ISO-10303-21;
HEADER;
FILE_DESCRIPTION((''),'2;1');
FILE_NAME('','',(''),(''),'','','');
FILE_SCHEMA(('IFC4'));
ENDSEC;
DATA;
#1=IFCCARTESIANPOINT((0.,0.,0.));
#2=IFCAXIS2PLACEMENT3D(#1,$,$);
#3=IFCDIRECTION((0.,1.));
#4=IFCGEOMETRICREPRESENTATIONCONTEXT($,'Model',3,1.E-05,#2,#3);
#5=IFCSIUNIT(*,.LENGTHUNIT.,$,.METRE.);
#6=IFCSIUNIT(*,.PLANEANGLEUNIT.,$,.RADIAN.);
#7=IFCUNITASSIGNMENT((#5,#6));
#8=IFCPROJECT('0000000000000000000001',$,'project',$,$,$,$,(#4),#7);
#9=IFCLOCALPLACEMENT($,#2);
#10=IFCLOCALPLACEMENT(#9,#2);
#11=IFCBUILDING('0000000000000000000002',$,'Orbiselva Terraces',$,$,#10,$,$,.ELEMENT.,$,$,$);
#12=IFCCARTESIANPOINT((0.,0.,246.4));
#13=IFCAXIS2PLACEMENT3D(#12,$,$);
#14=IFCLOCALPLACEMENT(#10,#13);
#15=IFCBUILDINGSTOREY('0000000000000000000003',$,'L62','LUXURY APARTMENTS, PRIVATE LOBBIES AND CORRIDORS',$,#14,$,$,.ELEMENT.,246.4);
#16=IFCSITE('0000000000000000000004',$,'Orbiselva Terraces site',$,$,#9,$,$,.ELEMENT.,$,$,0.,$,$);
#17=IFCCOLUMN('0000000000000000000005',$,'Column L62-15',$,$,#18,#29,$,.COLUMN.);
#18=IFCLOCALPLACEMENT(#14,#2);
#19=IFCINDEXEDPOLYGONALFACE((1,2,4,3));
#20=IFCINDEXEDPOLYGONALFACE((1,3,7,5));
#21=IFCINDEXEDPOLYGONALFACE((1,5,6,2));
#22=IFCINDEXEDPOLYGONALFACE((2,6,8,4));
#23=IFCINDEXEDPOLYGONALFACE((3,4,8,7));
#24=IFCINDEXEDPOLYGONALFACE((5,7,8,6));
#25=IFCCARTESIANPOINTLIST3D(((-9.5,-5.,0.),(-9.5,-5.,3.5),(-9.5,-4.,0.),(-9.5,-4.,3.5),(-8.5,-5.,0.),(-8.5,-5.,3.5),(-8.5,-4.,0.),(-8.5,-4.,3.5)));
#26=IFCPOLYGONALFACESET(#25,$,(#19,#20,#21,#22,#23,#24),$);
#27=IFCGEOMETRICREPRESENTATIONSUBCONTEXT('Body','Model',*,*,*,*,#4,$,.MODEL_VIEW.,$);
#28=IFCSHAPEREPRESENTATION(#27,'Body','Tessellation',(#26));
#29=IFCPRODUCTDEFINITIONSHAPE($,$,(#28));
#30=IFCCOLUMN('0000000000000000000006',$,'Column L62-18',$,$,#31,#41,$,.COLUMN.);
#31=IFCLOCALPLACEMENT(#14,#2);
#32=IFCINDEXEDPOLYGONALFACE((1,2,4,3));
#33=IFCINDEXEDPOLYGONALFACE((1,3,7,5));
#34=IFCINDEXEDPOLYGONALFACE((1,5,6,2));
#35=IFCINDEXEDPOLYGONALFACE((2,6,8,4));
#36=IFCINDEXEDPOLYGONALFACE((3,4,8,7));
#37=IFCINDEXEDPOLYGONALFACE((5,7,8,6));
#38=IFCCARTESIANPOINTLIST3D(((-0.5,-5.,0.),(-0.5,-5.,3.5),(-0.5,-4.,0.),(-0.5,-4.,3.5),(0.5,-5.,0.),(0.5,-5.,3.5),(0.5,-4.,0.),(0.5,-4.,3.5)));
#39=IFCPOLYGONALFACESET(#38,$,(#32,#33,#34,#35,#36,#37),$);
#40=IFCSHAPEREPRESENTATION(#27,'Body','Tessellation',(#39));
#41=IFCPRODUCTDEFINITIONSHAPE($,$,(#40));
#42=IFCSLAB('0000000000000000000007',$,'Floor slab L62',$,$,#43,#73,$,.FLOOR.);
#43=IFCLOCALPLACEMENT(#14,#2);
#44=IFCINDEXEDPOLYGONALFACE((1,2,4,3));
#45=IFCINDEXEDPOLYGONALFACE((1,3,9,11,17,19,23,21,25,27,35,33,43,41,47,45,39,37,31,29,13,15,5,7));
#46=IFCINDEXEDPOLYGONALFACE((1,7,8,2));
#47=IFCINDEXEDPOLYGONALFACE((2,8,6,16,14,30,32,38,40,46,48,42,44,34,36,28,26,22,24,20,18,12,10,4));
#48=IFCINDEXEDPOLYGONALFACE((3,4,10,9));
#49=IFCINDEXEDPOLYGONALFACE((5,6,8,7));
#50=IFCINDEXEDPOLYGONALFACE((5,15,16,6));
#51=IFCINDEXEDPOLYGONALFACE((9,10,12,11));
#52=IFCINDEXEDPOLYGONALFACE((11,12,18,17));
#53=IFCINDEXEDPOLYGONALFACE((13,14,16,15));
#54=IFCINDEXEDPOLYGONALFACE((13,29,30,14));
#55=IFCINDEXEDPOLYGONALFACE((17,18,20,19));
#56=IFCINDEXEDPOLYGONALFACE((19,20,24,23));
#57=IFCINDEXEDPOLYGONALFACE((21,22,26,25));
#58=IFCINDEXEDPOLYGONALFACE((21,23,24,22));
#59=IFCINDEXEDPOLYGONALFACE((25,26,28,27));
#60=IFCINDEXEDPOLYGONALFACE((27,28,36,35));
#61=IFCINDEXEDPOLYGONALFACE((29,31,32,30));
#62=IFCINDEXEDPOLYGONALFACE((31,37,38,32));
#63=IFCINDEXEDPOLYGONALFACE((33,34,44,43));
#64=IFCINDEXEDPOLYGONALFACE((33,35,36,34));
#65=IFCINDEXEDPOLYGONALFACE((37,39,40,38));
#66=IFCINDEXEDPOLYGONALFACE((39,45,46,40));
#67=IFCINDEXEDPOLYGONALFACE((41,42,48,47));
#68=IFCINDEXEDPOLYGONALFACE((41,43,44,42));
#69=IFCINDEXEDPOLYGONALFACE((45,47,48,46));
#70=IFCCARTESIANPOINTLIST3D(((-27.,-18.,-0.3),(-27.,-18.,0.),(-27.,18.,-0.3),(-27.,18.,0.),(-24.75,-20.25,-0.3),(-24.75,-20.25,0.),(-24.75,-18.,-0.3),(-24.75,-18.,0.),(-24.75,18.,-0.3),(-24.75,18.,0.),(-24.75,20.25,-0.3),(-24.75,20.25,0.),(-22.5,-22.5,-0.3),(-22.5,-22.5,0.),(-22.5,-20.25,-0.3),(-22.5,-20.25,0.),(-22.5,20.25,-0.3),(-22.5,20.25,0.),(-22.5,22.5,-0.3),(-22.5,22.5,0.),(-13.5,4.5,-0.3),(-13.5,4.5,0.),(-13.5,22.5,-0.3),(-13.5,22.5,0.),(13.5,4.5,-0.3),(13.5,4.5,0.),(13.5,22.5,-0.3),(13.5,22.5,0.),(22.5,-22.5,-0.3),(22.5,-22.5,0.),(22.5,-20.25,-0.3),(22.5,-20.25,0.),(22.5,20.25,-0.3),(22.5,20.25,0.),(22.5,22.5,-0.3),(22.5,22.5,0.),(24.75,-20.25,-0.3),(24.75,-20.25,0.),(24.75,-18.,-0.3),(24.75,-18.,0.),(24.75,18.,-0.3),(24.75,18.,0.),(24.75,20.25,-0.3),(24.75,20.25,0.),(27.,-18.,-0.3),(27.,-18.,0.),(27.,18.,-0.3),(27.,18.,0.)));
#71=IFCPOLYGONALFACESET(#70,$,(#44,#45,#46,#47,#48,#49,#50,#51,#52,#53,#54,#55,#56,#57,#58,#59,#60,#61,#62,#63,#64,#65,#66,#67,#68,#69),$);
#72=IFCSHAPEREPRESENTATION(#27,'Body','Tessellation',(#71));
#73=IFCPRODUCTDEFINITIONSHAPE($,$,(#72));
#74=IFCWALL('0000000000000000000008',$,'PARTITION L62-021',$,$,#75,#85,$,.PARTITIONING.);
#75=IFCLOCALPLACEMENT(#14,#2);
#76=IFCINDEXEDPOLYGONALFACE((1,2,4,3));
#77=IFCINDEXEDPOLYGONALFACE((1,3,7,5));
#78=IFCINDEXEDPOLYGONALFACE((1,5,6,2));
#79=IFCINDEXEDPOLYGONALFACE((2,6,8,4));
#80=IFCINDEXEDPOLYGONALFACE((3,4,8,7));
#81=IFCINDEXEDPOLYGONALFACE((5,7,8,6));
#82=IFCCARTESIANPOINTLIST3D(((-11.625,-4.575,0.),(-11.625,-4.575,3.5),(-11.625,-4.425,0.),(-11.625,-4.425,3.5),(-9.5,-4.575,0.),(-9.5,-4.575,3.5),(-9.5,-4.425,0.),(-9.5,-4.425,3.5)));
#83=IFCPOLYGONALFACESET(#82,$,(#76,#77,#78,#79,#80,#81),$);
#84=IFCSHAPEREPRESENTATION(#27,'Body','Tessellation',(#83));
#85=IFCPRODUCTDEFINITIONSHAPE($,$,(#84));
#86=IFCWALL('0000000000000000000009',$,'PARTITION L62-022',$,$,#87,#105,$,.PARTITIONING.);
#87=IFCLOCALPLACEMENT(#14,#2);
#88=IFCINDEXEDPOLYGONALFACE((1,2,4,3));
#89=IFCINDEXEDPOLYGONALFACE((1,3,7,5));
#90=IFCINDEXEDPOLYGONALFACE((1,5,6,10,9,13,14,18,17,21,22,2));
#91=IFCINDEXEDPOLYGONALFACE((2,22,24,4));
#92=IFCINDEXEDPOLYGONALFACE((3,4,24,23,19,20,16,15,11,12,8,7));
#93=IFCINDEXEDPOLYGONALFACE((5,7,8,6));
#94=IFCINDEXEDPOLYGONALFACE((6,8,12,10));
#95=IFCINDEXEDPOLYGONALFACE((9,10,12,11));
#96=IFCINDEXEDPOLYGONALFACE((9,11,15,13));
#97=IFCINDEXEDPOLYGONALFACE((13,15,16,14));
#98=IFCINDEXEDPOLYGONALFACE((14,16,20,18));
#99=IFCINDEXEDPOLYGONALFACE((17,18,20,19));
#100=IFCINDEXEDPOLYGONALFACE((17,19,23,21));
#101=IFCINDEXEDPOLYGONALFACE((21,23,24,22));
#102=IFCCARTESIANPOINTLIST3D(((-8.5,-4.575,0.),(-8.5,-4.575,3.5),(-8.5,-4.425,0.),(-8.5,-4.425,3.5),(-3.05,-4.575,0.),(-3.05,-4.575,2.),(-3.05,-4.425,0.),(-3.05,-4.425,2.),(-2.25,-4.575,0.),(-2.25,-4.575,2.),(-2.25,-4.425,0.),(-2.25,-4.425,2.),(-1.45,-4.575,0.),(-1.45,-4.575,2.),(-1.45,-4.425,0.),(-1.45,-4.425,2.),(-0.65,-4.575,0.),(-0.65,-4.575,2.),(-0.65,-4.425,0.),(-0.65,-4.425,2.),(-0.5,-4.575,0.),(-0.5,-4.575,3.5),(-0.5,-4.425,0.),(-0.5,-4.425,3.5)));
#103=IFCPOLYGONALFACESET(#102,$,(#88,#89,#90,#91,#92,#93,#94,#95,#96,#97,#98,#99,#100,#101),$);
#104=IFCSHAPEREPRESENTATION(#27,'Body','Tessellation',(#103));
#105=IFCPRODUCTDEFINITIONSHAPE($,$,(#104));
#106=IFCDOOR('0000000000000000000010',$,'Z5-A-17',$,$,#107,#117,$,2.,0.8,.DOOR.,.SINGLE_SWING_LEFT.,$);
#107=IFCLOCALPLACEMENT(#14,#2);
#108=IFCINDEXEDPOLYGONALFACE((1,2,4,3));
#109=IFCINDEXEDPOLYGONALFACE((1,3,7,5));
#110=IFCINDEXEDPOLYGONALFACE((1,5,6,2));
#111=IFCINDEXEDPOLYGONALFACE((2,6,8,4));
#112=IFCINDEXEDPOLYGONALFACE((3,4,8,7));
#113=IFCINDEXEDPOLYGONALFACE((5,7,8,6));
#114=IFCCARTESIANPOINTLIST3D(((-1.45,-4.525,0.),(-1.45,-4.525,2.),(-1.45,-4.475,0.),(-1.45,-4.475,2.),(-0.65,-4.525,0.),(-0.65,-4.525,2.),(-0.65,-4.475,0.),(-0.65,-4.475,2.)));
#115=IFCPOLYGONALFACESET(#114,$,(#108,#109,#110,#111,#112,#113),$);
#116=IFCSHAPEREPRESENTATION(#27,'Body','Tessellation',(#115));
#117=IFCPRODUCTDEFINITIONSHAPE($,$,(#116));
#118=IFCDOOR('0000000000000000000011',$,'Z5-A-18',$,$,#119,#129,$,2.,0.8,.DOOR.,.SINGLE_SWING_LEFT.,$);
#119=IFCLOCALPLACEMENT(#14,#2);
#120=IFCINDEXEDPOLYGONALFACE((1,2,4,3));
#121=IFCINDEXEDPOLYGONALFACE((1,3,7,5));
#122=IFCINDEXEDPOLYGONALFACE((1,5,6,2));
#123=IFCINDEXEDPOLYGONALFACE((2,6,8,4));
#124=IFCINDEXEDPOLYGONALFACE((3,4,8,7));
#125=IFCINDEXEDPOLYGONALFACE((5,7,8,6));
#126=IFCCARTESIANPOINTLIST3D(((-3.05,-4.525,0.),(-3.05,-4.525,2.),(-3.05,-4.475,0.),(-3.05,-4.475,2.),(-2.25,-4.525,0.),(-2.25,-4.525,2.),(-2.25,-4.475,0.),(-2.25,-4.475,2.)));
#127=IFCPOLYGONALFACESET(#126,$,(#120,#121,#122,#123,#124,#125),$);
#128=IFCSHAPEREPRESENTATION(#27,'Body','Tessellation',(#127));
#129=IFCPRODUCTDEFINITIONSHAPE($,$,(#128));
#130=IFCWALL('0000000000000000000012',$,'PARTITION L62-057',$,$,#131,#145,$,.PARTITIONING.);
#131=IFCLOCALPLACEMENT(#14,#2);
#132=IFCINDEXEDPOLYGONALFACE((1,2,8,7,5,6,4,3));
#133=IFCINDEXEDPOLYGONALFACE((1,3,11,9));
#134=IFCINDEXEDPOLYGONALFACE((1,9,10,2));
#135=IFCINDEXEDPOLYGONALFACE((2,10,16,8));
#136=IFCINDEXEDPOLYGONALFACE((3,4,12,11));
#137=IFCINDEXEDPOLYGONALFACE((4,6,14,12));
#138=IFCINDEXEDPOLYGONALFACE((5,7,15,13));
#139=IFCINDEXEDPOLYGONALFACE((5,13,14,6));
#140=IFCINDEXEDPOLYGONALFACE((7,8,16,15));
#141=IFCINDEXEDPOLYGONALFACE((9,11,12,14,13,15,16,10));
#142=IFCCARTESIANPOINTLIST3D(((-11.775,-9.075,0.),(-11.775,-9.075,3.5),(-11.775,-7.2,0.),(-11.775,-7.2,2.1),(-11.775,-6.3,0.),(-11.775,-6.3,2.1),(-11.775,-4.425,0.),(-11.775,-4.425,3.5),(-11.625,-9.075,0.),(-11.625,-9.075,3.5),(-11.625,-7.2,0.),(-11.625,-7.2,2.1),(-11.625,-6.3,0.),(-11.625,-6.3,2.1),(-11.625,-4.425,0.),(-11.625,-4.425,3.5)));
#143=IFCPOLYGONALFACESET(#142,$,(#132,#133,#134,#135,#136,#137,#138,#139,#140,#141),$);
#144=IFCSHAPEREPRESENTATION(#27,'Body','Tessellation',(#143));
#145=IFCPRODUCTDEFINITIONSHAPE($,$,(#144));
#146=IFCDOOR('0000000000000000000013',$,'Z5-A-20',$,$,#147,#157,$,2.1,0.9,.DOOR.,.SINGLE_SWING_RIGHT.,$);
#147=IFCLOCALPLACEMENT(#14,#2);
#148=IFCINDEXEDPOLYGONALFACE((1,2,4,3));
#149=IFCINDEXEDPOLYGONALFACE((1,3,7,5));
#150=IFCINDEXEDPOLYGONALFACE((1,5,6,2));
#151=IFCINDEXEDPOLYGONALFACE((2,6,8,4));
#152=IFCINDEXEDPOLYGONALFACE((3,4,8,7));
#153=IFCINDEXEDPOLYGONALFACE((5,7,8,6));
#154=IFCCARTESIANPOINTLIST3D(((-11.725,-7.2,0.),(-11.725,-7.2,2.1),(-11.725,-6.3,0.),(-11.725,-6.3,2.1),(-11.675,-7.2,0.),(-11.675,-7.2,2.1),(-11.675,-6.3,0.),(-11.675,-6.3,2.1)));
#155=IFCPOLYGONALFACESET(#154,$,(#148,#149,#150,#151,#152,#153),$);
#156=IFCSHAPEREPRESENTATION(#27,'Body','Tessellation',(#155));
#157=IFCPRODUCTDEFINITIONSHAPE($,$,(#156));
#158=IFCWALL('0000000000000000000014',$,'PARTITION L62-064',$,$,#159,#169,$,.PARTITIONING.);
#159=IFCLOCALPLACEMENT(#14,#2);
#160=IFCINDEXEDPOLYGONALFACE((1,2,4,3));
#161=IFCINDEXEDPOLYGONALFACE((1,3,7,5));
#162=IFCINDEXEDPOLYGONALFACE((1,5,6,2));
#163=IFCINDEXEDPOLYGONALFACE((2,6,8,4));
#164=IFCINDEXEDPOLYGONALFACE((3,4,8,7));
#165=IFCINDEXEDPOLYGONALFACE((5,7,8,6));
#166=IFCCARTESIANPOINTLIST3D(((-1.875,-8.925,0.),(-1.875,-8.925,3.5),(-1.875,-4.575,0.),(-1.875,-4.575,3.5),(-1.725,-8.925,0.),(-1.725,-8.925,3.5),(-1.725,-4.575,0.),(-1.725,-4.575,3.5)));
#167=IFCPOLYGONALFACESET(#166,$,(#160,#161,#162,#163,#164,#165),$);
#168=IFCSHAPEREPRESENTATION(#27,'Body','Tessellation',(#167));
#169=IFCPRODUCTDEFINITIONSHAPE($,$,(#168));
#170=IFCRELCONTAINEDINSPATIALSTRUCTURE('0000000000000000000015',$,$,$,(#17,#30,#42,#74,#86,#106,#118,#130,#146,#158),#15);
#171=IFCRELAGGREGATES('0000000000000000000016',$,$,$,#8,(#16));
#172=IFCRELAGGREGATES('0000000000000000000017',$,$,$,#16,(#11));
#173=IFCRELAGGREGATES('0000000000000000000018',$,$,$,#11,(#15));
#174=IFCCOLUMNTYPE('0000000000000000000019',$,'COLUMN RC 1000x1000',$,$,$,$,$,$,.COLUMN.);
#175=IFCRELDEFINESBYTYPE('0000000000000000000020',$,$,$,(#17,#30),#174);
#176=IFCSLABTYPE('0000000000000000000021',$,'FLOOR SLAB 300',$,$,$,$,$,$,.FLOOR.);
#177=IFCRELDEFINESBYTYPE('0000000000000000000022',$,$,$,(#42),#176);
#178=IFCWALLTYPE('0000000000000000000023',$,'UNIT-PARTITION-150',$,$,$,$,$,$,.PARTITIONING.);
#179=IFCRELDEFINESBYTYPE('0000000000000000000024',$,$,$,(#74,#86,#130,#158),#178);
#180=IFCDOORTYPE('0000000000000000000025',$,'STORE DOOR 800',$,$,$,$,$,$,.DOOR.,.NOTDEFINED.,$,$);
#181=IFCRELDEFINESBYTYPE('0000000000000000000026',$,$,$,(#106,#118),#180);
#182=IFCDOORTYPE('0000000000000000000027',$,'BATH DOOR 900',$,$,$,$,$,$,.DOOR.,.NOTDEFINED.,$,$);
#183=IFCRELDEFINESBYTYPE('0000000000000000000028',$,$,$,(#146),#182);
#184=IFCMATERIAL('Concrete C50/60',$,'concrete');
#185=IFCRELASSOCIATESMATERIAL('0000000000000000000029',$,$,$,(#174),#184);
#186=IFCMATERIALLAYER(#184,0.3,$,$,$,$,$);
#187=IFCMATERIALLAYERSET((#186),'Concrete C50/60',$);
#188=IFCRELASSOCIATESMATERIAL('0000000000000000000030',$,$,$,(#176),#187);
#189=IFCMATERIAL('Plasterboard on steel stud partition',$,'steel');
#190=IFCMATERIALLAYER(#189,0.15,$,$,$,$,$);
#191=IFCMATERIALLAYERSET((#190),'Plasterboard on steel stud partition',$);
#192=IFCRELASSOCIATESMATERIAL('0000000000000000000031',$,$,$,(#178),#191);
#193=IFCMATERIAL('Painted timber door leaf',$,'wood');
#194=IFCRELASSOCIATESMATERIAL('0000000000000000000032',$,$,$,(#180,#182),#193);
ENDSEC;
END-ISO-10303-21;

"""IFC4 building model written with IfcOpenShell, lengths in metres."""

from ifc_helpers import new_model, si_unit, direction, frame, frame_2d, origin, origin_2d, place, context, subcontext, project, spatial, polyline, rectangle, outline, extrude, material, layer, layer_set, material_profile, profile_set, type_object, element, fill, save


model = new_model("IFC4")

# Units and contexts
model_context = context("Model", 3, precision=1e-05, world=origin(), true_north=direction((0.0, 1.0)))
body_context = subcontext(model_context, "Body", "Model", "MODEL_VIEW")
ifc_project = project(units=[si_unit("LENGTHUNIT", "METRE"), si_unit("PLANEANGLEUNIT", "RADIAN")], contexts=[model_context])

# Site, building, storey
site_placement = place(None, origin())
site = spatial("IfcSite", under=ifc_project, at=site_placement, Name="Orbiselva Terraces site", CompositionType="ELEMENT", RefElevation=0.0)
building_placement = place(site_placement, origin())
building = spatial("IfcBuilding", under=site, at=building_placement, Name="Orbiselva Terraces", CompositionType="ELEMENT")
storey_placement = place(building_placement, frame((0.0, 0.0, 246.4)))
storey = spatial("IfcBuildingStorey", under=building, at=storey_placement, Name="L62", Description="LUXURY APARTMENTS, PRIVATE LOBBIES AND CORRIDORS", CompositionType="ELEMENT", Elevation=246.4)

# Columns
ifc_material_1 = material(Name="Concrete C50/60", Category="concrete")
ifc_material_profile = material_profile(ifc_material_1, rectangle(XDim=1.0, YDim=1.0, at=origin_2d()), Name="RC 1000x1000")
ifc_profile_set = profile_set([ifc_material_profile], Name="Concrete C50/60")
column_type = type_object("IfcColumnType", Name="COLUMN RC 1000x1000", PredefinedType="COLUMN", material=ifc_profile_set)
for number, where, z_axis, x_axis, name in (
    (1, (-9.0, -4.5, 0.0), (0.0, 0.0, 1.0), (1.0, 0.0, 0.0), "Column L62-15"),
    (2, (0.0, -4.5, 0.0), (0.0, 0.0, 1.0), (1.0, 0.0, 0.0), "Column L62-18"),
):
    element("IfcColumn", number, at=place(storey_placement, frame(where, z_axis=z_axis, x_axis=x_axis)), inside=storey, type_object=column_type, Name=name, PredefinedType="COLUMN", context=body_context, shape_type="SweptSolid", body=[
        extrude(rectangle(XDim=1.0, YDim=1.0, at=origin_2d()), origin(), (0.0, 0.0, 1.0), 3.5),
    ])

# Slab
ifc_layer_1 = layer(ifc_material_1, 0.3)
ifc_layer_set_1 = layer_set([ifc_layer_1], Name="Concrete C50/60")
slab_type = type_object("IfcSlabType", Name="FLOOR SLAB 300", PredefinedType="FLOOR", material=ifc_layer_set_1)
slab_placement = place(storey_placement, frame((0.0, 0.0, -0.3)))
element("IfcSlab", 3, at=slab_placement, inside=storey, type_object=slab_type, Name="Floor slab L62", PredefinedType="FLOOR", context=body_context, shape_type="SweptSolid", body=[
    extrude(outline(polyline([(22.5, 22.5), (22.5, 20.25), (24.75, 20.25), (24.75, 18.0), (27.0, 18.0), (27.0, -18.0), (24.75, -18.0), (24.75, -20.25), (22.5, -20.25), (22.5, -22.5), (-22.5, -22.5), (-22.5, -20.25), (-24.75, -20.25), (-24.75, -18.0), (-27.0, -18.0), (-27.0, 18.0), (-24.75, 18.0), (-24.75, 20.25), (-22.5, 20.25), (-22.5, 22.5), (-13.5, 22.5), (-13.5, 4.5), (13.5, 4.5), (13.5, 22.5), (22.5, 22.5)])), origin(), (0.0, 0.0, 1.0), 0.3),
])

# Wall
ifc_material_2 = material(Name="Plasterboard on steel stud partition", Category="steel")
ifc_layer_2 = layer(ifc_material_2, 0.15)
ifc_layer_set_2 = layer_set([ifc_layer_2], Name="Plasterboard on steel stud partition")
wall_type = type_object("IfcWallType", Name="UNIT-PARTITION-150", PredefinedType="PARTITIONING", material=ifc_layer_set_2)
wall_1_placement = place(storey_placement, frame((-11.625, -4.5, 0.0), z_axis=(0.0, 0.0, 1.0), x_axis=(1.0, 0.0, 0.0)))
element("IfcWall", 4, at=wall_1_placement, inside=storey, type_object=wall_type, Name="PARTITION L62-021", PredefinedType="PARTITIONING", context=body_context, shape_type="SweptSolid", body=[
    extrude(rectangle(XDim=2.125, YDim=0.15, at=frame_2d((1.0625, 0.0))), origin(), (0.0, 0.0, 1.0), 3.5),
])

# Wall, openings, doors
wall_2_placement = place(storey_placement, frame((-0.5, -4.5, 0.0), z_axis=(0.0, 0.0, 1.0), x_axis=(-1.0, 0.0, 0.0)))
wall_2 = element("IfcWall", 5, at=wall_2_placement, inside=storey, type_object=wall_type, Name="PARTITION L62-022", PredefinedType="PARTITIONING", context=body_context, shape_type="SweptSolid", body=[
    extrude(rectangle(XDim=8.0, YDim=0.15, at=frame_2d((4.0, 0.0))), origin(), (0.0, 0.0, 1.0), 3.5),
])
opening_1_placement = place(wall_2_placement, frame((0.15, 0.0, 0.0)))
opening_1 = element("IfcOpeningElement", 6, at=opening_1_placement, cuts=wall_2, PredefinedType="OPENING", context=body_context, shape_type="SweptSolid", body=[
    extrude(rectangle(XDim=0.8, YDim=2.0, at=frame_2d((0.4, 1.0))), frame((0.0, 0.085, 0.0), z_axis=(0.0, -1.0, 0.0), x_axis=(1.0, 0.0, 0.0)), (0.0, 0.0, 1.0), 0.17),
])
opening_2_placement = place(wall_2_placement, frame((1.75, 0.0, 0.0)))
opening_2 = element("IfcOpeningElement", 7, at=opening_2_placement, cuts=wall_2, PredefinedType="OPENING", context=body_context, shape_type="SweptSolid", body=[
    extrude(rectangle(XDim=0.8, YDim=2.0, at=frame_2d((0.4, 1.0))), frame((0.0, 0.085, 0.0), z_axis=(0.0, -1.0, 0.0), x_axis=(1.0, 0.0, 0.0)), (0.0, 0.0, 1.0), 0.17),
])
ifc_material_3 = material(Name="Painted timber door leaf", Category="wood")
door_type_1 = type_object("IfcDoorType", Name="STORE DOOR 800", OperationType="NOTDEFINED", PredefinedType="DOOR", material=ifc_material_3)
door_1_placement = place(opening_1_placement, origin())
door_1 = element("IfcDoor", 8, at=door_1_placement, inside=storey, type_object=door_type_1, Name="Z5-A-17", OperationType="SINGLE_SWING_LEFT", OverallHeight=2.0, OverallWidth=0.8, PredefinedType="DOOR", context=body_context, shape_type="SweptSolid", body=[
    extrude(rectangle(XDim=0.8, YDim=2.0, at=frame_2d((0.4, 1.0))), frame((0.0, 0.025, 0.0), z_axis=(0.0, -1.0, 0.0), x_axis=(1.0, 0.0, 0.0)), (0.0, 0.0, 1.0), 0.05),
])
fill(opening_1, door_1)
door_2_placement = place(opening_2_placement, origin())
door_2 = element("IfcDoor", 9, at=door_2_placement, inside=storey, type_object=door_type_1, Name="Z5-A-18", OperationType="SINGLE_SWING_LEFT", OverallHeight=2.0, OverallWidth=0.8, PredefinedType="DOOR", context=body_context, shape_type="SweptSolid", body=[
    extrude(rectangle(XDim=0.8, YDim=2.0, at=frame_2d((0.4, 1.0))), frame((0.0, 0.025, 0.0), z_axis=(0.0, -1.0, 0.0), x_axis=(1.0, 0.0, 0.0)), (0.0, 0.0, 1.0), 0.05),
])
fill(opening_2, door_2)

# Wall, opening, door
wall_3_placement = place(storey_placement, frame((-11.7, -4.425, 0.0), z_axis=(0.0, 0.0, 1.0), x_axis=(0.0, -1.0, 0.0)))
wall_3 = element("IfcWall", 10, at=wall_3_placement, inside=storey, type_object=wall_type, Name="PARTITION L62-057", PredefinedType="PARTITIONING", context=body_context, shape_type="SweptSolid", body=[
    extrude(rectangle(XDim=4.65, YDim=0.15, at=frame_2d((2.325, 0.0))), origin(), (0.0, 0.0, 1.0), 3.5),
])
opening_3_placement = place(wall_3_placement, frame((1.875, 0.0, 0.0)))
opening_3 = element("IfcOpeningElement", 11, at=opening_3_placement, cuts=wall_3, PredefinedType="OPENING", context=body_context, shape_type="SweptSolid", body=[
    extrude(rectangle(XDim=0.9, YDim=2.1, at=frame_2d((0.45, 1.05))), frame((0.0, 0.085, 0.0), z_axis=(0.0, -1.0, 0.0), x_axis=(1.0, 0.0, 0.0)), (0.0, 0.0, 1.0), 0.17),
])
door_type_2 = type_object("IfcDoorType", Name="BATH DOOR 900", OperationType="NOTDEFINED", PredefinedType="DOOR", material=ifc_material_3)
door_3_placement = place(opening_3_placement, origin())
door_3 = element("IfcDoor", 12, at=door_3_placement, inside=storey, type_object=door_type_2, Name="Z5-A-20", OperationType="SINGLE_SWING_RIGHT", OverallHeight=2.1, OverallWidth=0.9, PredefinedType="DOOR", context=body_context, shape_type="SweptSolid", body=[
    extrude(rectangle(XDim=0.9, YDim=2.1, at=frame_2d((0.45, 1.05))), frame((0.0, 0.025, 0.0), z_axis=(0.0, -1.0, 0.0), x_axis=(1.0, 0.0, 0.0)), (0.0, 0.0, 1.0), 0.05),
])
fill(opening_3, door_3)

# Wall
wall_4_placement = place(storey_placement, frame((-1.8, -8.925, 0.0), z_axis=(0.0, 0.0, 1.0), x_axis=(0.0, 1.0, 0.0)))
element("IfcWall", 13, at=wall_4_placement, inside=storey, type_object=wall_type, Name="PARTITION L62-064", PredefinedType="PARTITIONING", context=body_context, shape_type="SweptSolid", body=[
    extrude(rectangle(XDim=4.35, YDim=0.15, at=frame_2d((2.175, 0.0))), origin(), (0.0, 0.0, 1.0), 3.5),
])

save(model, "model.ifc")
